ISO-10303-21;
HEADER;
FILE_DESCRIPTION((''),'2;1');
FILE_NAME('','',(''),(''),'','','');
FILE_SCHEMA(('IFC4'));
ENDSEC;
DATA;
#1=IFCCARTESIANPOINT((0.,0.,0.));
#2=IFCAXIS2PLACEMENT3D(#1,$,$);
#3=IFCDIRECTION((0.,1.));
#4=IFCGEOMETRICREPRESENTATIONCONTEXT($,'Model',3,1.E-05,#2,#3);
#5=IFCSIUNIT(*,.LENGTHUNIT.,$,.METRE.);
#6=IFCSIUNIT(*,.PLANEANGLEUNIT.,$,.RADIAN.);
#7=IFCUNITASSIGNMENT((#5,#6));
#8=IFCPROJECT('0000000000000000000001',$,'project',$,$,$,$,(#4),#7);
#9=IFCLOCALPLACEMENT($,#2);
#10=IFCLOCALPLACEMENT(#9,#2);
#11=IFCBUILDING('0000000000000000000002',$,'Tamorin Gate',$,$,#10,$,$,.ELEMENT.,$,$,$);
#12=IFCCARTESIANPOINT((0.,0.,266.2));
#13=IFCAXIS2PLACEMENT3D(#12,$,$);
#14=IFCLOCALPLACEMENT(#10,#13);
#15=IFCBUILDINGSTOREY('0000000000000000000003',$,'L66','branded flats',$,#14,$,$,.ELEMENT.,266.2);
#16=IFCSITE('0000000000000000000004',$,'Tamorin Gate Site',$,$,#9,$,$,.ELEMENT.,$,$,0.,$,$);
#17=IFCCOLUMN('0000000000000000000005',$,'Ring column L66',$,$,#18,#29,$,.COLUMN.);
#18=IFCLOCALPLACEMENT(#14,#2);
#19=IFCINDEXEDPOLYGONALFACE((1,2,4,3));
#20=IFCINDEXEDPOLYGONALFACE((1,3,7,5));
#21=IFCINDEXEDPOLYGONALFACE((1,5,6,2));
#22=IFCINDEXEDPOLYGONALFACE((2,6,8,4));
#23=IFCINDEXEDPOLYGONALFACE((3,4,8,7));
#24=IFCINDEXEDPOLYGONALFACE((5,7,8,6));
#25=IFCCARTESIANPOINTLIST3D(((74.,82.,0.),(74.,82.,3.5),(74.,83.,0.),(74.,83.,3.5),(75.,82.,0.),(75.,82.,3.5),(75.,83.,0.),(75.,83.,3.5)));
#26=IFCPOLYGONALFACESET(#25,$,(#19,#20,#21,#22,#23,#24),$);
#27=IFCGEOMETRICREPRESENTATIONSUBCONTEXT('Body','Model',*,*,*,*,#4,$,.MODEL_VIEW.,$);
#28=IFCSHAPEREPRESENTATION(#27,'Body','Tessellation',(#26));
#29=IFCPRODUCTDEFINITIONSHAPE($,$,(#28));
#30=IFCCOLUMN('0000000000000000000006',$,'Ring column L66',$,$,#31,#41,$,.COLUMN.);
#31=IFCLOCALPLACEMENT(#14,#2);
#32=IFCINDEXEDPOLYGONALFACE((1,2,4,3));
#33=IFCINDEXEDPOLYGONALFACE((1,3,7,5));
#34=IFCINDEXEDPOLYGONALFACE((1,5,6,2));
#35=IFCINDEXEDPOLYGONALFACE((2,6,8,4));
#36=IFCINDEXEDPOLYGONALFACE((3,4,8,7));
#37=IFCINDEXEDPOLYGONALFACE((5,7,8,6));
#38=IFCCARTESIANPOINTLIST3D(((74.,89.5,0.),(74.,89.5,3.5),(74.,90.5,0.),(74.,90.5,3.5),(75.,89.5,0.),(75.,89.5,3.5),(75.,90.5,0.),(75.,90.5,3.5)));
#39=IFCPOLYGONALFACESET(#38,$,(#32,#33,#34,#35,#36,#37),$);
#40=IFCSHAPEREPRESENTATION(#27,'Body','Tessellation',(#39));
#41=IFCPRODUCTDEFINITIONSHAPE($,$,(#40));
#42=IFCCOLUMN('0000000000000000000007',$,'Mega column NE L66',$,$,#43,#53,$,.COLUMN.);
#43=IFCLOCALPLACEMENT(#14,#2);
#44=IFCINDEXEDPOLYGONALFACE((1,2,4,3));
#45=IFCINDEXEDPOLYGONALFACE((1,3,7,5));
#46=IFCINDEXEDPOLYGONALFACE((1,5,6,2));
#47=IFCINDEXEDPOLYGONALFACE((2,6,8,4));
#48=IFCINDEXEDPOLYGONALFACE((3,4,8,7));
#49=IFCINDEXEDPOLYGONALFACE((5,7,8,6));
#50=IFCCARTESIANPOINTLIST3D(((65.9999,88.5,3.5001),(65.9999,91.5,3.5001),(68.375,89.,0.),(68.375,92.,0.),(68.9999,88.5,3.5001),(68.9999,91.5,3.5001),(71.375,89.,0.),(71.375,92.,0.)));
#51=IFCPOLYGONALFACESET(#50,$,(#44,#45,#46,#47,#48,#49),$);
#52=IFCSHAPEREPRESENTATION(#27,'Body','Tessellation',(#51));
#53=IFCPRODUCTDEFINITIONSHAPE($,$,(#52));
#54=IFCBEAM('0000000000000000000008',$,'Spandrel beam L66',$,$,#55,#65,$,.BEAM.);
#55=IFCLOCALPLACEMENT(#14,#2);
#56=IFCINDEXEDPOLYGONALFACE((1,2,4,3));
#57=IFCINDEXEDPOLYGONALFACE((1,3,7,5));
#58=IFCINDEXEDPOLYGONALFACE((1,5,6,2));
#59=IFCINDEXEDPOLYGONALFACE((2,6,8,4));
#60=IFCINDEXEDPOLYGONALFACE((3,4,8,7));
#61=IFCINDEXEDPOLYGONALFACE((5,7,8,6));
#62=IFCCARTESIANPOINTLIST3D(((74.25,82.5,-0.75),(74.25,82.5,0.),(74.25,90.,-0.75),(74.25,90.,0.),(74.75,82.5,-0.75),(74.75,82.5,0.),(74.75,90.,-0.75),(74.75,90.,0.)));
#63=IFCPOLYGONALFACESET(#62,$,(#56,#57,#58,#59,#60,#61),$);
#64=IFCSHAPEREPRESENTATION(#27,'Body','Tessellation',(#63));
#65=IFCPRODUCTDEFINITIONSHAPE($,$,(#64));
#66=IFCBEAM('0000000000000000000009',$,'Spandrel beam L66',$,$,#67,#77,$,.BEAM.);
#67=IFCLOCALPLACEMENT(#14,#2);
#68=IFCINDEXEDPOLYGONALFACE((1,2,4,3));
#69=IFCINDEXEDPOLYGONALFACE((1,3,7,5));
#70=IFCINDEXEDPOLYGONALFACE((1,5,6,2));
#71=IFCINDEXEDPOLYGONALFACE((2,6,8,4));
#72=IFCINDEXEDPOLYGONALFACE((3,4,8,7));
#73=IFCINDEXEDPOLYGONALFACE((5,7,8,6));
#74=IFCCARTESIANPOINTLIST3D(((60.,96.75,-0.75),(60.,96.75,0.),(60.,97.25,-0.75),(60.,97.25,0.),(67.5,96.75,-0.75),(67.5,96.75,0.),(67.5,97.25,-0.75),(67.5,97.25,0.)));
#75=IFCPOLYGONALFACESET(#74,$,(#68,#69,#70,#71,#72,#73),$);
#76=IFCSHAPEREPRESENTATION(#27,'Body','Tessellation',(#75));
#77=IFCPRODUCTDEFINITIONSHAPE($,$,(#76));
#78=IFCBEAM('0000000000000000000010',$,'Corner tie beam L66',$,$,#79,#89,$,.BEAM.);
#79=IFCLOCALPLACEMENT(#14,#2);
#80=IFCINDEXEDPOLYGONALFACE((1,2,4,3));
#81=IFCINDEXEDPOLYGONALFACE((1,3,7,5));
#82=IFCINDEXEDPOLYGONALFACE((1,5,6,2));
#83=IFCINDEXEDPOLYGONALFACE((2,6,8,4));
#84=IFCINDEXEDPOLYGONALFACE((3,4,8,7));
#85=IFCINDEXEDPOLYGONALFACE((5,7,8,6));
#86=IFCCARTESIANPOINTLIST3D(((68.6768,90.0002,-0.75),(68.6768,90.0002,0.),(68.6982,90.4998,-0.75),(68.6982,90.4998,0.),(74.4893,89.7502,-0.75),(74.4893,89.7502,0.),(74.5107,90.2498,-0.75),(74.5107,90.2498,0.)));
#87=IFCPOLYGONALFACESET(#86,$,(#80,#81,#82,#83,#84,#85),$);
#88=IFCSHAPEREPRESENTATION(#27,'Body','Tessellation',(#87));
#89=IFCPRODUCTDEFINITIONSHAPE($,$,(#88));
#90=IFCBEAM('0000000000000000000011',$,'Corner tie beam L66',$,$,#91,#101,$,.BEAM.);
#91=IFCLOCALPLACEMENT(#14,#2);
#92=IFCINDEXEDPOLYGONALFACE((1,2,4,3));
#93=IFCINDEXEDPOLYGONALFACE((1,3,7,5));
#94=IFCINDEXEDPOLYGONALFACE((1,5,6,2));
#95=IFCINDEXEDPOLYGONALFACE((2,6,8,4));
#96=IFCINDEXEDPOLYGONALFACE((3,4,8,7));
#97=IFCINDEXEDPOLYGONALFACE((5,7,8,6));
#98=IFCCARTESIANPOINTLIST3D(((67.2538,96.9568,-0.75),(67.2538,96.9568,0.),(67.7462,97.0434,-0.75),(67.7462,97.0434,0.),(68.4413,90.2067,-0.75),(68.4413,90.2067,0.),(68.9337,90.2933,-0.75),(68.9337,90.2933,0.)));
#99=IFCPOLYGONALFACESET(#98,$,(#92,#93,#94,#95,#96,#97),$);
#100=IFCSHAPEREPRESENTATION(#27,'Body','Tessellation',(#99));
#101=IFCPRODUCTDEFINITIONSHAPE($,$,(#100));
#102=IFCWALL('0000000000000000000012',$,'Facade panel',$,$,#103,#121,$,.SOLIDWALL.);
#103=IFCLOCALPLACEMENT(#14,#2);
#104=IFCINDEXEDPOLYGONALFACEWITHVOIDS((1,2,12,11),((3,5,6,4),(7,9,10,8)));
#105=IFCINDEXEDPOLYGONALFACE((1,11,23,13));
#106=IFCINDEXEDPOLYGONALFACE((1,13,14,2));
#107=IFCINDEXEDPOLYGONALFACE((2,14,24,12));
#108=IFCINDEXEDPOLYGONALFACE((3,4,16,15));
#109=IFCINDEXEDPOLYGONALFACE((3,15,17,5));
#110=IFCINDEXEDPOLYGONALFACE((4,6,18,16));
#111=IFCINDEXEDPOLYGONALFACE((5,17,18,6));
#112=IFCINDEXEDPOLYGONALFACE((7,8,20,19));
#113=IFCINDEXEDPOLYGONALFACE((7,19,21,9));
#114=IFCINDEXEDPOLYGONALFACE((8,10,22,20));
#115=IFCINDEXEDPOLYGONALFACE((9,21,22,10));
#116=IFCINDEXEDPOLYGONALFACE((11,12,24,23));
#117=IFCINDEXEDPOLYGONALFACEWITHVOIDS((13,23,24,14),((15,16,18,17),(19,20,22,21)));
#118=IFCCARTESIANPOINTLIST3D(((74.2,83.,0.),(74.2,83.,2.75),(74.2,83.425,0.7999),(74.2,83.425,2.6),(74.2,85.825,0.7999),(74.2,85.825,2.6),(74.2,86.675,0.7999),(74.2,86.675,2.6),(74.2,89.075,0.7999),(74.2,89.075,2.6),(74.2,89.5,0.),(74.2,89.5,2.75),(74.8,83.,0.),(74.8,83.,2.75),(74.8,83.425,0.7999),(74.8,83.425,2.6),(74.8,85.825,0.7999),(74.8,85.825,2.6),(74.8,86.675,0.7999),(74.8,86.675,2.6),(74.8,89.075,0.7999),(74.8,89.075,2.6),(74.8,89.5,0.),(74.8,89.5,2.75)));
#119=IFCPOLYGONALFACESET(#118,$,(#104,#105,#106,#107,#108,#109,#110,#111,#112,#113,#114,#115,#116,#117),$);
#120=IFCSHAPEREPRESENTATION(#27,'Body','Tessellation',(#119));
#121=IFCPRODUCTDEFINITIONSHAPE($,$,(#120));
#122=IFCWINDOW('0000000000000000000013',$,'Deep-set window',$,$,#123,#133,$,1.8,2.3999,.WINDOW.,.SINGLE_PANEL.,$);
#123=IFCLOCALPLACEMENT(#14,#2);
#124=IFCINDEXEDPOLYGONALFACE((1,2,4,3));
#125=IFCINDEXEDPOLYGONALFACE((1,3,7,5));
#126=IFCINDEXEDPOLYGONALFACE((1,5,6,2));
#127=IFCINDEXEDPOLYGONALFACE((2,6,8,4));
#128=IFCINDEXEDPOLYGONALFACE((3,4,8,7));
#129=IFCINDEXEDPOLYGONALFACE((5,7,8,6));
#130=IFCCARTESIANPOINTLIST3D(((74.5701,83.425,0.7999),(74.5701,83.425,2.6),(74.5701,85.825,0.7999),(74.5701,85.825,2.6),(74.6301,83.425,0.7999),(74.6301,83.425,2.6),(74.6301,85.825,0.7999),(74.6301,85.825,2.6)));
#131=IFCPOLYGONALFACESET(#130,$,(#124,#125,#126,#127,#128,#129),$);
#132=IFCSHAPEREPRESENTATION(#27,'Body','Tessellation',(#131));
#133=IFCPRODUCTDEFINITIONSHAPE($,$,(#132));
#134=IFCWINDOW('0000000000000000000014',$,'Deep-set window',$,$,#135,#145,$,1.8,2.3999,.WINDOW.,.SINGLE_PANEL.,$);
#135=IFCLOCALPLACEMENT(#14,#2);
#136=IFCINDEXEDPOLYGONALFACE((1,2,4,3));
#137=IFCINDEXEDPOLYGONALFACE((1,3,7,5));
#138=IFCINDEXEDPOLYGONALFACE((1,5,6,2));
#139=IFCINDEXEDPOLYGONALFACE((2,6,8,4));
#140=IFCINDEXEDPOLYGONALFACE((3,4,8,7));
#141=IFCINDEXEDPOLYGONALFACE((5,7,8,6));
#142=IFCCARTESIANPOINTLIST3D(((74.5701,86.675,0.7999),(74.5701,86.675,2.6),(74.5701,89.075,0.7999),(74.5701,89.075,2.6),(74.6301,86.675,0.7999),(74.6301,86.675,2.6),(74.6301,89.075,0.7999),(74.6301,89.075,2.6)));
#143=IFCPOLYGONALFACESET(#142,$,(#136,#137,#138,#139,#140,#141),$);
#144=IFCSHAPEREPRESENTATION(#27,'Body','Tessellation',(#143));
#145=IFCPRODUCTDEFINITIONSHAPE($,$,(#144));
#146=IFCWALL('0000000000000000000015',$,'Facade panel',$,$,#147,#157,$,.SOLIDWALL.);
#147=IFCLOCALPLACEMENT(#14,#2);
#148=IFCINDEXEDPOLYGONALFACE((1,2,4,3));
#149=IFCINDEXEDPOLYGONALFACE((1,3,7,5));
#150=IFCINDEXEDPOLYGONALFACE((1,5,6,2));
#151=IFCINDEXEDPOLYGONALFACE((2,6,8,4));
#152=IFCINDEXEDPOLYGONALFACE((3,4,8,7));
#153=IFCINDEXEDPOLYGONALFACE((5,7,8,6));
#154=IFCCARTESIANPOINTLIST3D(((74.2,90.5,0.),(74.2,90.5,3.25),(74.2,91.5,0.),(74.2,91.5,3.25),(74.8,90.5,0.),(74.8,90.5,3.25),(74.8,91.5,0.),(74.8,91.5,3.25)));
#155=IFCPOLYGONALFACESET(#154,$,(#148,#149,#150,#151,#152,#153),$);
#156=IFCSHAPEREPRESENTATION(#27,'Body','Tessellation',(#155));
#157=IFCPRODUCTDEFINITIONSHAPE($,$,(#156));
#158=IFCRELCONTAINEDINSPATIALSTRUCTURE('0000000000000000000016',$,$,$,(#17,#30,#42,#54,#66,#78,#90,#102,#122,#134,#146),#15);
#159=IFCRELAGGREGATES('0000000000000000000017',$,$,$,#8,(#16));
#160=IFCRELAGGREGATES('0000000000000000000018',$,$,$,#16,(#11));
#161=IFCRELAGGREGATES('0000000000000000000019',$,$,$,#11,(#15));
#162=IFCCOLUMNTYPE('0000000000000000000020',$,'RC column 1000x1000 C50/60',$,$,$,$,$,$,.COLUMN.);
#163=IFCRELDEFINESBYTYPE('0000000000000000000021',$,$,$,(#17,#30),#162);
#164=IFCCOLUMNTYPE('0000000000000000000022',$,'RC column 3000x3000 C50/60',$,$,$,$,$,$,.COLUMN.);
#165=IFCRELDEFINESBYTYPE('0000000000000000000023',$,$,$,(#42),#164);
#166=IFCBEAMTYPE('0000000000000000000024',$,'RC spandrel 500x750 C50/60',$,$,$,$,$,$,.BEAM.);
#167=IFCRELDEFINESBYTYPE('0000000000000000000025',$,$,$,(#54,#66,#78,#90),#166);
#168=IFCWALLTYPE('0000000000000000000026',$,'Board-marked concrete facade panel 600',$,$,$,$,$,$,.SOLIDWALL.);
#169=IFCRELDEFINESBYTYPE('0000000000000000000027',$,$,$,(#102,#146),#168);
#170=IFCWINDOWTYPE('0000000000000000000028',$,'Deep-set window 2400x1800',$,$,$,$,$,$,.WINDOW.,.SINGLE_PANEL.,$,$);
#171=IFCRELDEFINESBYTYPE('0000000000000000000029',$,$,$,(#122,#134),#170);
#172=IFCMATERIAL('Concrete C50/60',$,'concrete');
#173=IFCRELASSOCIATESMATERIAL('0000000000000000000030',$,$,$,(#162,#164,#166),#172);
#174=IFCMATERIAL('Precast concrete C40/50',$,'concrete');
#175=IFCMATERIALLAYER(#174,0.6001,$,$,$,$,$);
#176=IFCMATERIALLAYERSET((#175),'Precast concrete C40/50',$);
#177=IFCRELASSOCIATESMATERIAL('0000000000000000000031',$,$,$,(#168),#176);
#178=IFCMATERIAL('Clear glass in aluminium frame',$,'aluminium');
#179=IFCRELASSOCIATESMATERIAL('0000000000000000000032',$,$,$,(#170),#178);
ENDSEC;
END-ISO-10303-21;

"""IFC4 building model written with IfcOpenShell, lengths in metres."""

from ifc_helpers import new_model, si_unit, direction, frame, frame_2d, origin, origin_2d, place, context, subcontext, project, spatial, rectangle, extrude, material, layer, layer_set, material_profile, profile_set, type_object, element, fill, save


model = new_model("IFC4")

# Units and contexts
model_context = context("Model", 3, precision=1e-05, world=origin(), true_north=direction((0.0, 1.0)))
body_context = subcontext(model_context, "Body", "Model", "MODEL_VIEW")
ifc_project = project(units=[si_unit("LENGTHUNIT", "METRE"), si_unit("PLANEANGLEUNIT", "RADIAN")], contexts=[model_context])

# Site, building, storey
site_placement = place(None, origin())
site = spatial("IfcSite", under=ifc_project, at=site_placement, Name="Tamorin Gate Site", CompositionType="ELEMENT", RefElevation=0.0)
building_placement = place(site_placement, origin())
building = spatial("IfcBuilding", under=site, at=building_placement, Name="Tamorin Gate", CompositionType="ELEMENT")
storey_placement = place(building_placement, frame((0.0, 0.0, 266.2)))
storey = spatial("IfcBuildingStorey", under=building, at=storey_placement, Name="L66", Description="branded flats", CompositionType="ELEMENT", Elevation=266.2)

# Columns
ifc_material_1 = material(Name="Concrete C50/60", Category="concrete")
ifc_material_profile_1 = material_profile(ifc_material_1, rectangle(XDim=1.0, YDim=1.0, at=origin_2d()), Name="RC 1000x1000")
ifc_profile_set_1 = profile_set([ifc_material_profile_1], Name="Concrete C50/60")
column_type_1 = type_object("IfcColumnType", Name="RC column 1000x1000 C50/60", PredefinedType="COLUMN", material=ifc_profile_set_1)
for number, where, z_axis, x_axis, name in (
    (1, (74.5, 82.5, 0.0), (0.0, 0.0, 1.0), (1.0, 0.0, 0.0), "Ring column L66"),
    (2, (74.5, 90.0, 0.0), (0.0, 0.0, 1.0), (1.0, 0.0, 0.0), "Ring column L66"),
):
    element("IfcColumn", number, at=place(storey_placement, frame(where, z_axis=z_axis, x_axis=x_axis)), inside=storey, type_object=column_type_1, Name=name, PredefinedType="COLUMN", context=body_context, shape_type="SweptSolid", body=[
        extrude(rectangle(XDim=1.0, YDim=1.0, at=origin_2d()), origin(), (0.0, 0.0, 1.0), 3.5),
    ])
ifc_material_profile_2 = material_profile(ifc_material_1, rectangle(XDim=3.0, YDim=3.0, at=origin_2d()), Name="RC 3000x3000")
ifc_profile_set_2 = profile_set([ifc_material_profile_2], Name="Concrete C50/60")
column_type_2 = type_object("IfcColumnType", Name="RC column 3000x3000 C50/60", PredefinedType="COLUMN", material=ifc_profile_set_2)
column_placement = place(storey_placement, frame((69.875, 90.5, 0.0), z_axis=(0.0, 0.0, 1.0), x_axis=(-1.0, 0.0, 0.0)))
element("IfcColumn", 3, at=column_placement, inside=storey, type_object=column_type_2, Name="Mega column NE L66", PredefinedType="COLUMN", context=body_context, shape_type="SweptSolid", body=[
    extrude(rectangle(XDim=3.0, YDim=3.0, at=origin_2d()), origin(), (0.557619, 0.117393, 0.821754), 4.2593),
])

# Beams
ifc_material_profile_3 = material_profile(ifc_material_1, rectangle(XDim=0.5, YDim=0.75, at=origin_2d()), Name="RC 500x750")
ifc_profile_set_3 = profile_set([ifc_material_profile_3], Name="Concrete C50/60")
beam_type = type_object("IfcBeamType", Name="RC spandrel 500x750 C50/60", PredefinedType="BEAM", material=ifc_profile_set_3)
for number, where, z_axis, x_axis, name in (
    (4, (74.5, 82.5, -0.375), (0.0, 1.0, 0.0), (-1.0, 0.0, 0.0), "Spandrel beam L66"),
    (5, (67.5, 97.0, -0.375), (-1.0, 0.0, 0.0), (0.0, -1.0, 0.0), "Spandrel beam L66"),
):
    element("IfcBeam", number, at=place(storey_placement, frame(where, z_axis=z_axis, x_axis=x_axis)), inside=storey, type_object=beam_type, Name=name, PredefinedType="BEAM", context=body_context, shape_type="SweptSolid", body=[
        extrude(rectangle(XDim=0.5, YDim=0.75, at=origin_2d()), origin(), (0.0, 0.0, 1.0), 7.5),
    ])
beam_1_placement = place(storey_placement, frame((68.6875, 90.25, -0.375), z_axis=(0.999076, -0.042971, 0.0), x_axis=(0.042971, 0.999076, 0.0)))
element("IfcBeam", 6, at=beam_1_placement, inside=storey, type_object=beam_type, Name="Corner tie beam L66", PredefinedType="BEAM", context=body_context, shape_type="SweptSolid", body=[
    extrude(rectangle(XDim=0.5, YDim=0.75, at=origin_2d()), origin(), (0.0, 0.0, 1.0), 5.8179),
])
beam_2_placement = place(storey_placement, frame((68.6875, 90.25, -0.375), z_axis=(-0.173265, 0.984875, 0.0), x_axis=(-0.984875, -0.173265, 0.0)))
element("IfcBeam", 7, at=beam_2_placement, inside=storey, type_object=beam_type, Name="Corner tie beam L66", PredefinedType="BEAM", context=body_context, shape_type="SweptSolid", body=[
    extrude(rectangle(XDim=0.5, YDim=0.75, at=origin_2d()), origin(), (0.0, 0.0, 1.0), 6.8538),
])

# Wall, openings, windows
ifc_material_2 = material(Name="Precast concrete C40/50", Category="concrete")
ifc_layer_1 = layer(ifc_material_2, 0.6001)
ifc_layer_set_1 = layer_set([ifc_layer_1], Name="Precast concrete C40/50")
wall_type_1 = type_object("IfcWallType", Name="Board-marked concrete facade panel 600", PredefinedType="SOLIDWALL", material=ifc_layer_set_1)
wall_1_placement = place(storey_placement, frame((74.5, 83.0, 0.0), z_axis=(0.0, 0.0, 1.0), x_axis=(0.0, 1.0, 0.0)))
wall_1 = element("IfcWall", 8, at=wall_1_placement, inside=storey, type_object=wall_type_1, Name="Facade panel", PredefinedType="SOLIDWALL", context=body_context, shape_type="SweptSolid", body=[
    extrude(rectangle(XDim=6.5, YDim=0.6001, at=frame_2d((3.25, 0.0))), origin(), (0.0, 0.0, 1.0), 2.75),
])
opening_1_placement = place(wall_1_placement, frame((0.425, 0.0, 0.8)))
opening_1 = element("IfcOpeningElement", 9, at=opening_1_placement, cuts=wall_1, PredefinedType="OPENING", context=body_context, shape_type="SweptSolid", body=[
    extrude(rectangle(XDim=2.3999, YDim=1.8, at=frame_2d((1.2, 0.8999))), frame((0.0, 0.3101, 0.0), z_axis=(0.0, -1.0, 0.0), x_axis=(1.0, 0.0, 0.0)), (0.0, 0.0, 1.0), 0.6201),
])
opening_2_placement = place(wall_1_placement, frame((3.675, 0.0, 0.8)))
opening_2 = element("IfcOpeningElement", 10, at=opening_2_placement, cuts=wall_1, PredefinedType="OPENING", context=body_context, shape_type="SweptSolid", body=[
    extrude(rectangle(XDim=2.3999, YDim=1.8, at=frame_2d((1.2, 0.8999))), frame((0.0, 0.3101, 0.0), z_axis=(0.0, -1.0, 0.0), x_axis=(1.0, 0.0, 0.0)), (0.0, 0.0, 1.0), 0.6201),
])
ifc_material_3 = material(Name="Clear glass in aluminium frame", Category="aluminium")
window_type_1 = type_object("IfcWindowType", Name="Deep-set window 2400x1800", PartitioningType="SINGLE_PANEL", PredefinedType="WINDOW", material=ifc_material_3)
window_1_placement = place(opening_1_placement, origin())
window_1 = element("IfcWindow", 11, at=window_1_placement, inside=storey, type_object=window_type_1, Name="Deep-set window", OverallHeight=1.8, OverallWidth=2.3999, PartitioningType="SINGLE_PANEL", PredefinedType="WINDOW", context=body_context, shape_type="SweptSolid", body=[
    extrude(rectangle(XDim=2.3999, YDim=1.8, at=frame_2d((1.2, 0.8999))), frame((0.0, -0.0701, 0.0), z_axis=(0.0, -1.0, 0.0), x_axis=(1.0, 0.0, 0.0)), (0.0, 0.0, 1.0), 0.0601),
])
fill(opening_1, window_1)
window_2_placement = place(opening_2_placement, origin())
window_2 = element("IfcWindow", 12, at=window_2_placement, inside=storey, type_object=window_type_1, Name="Deep-set window", OverallHeight=1.8, OverallWidth=2.3999, PartitioningType="SINGLE_PANEL", PredefinedType="WINDOW", context=body_context, shape_type="SweptSolid", body=[
    extrude(rectangle(XDim=2.3999, YDim=1.8, at=frame_2d((1.2, 0.8999))), frame((0.0, -0.0701, 0.0), z_axis=(0.0, -1.0, 0.0), x_axis=(1.0, 0.0, 0.0)), (0.0, 0.0, 1.0), 0.0601),
])
fill(opening_2, window_2)

# Wall
wall_2_placement = place(storey_placement, frame((74.5, 90.5, 0.0), z_axis=(0.0, 0.0, 1.0), x_axis=(0.0, 1.0, 0.0)))
element("IfcWall", 13, at=wall_2_placement, inside=storey, type_object=wall_type_1, Name="Facade panel", PredefinedType="SOLIDWALL", context=body_context, shape_type="SweptSolid", body=[
    extrude(rectangle(XDim=1.0, YDim=0.6001, at=frame_2d((0.5, 0.0))), origin(), (0.0, 0.0, 1.0), 3.25),
])

save(model, "model.ifc")
